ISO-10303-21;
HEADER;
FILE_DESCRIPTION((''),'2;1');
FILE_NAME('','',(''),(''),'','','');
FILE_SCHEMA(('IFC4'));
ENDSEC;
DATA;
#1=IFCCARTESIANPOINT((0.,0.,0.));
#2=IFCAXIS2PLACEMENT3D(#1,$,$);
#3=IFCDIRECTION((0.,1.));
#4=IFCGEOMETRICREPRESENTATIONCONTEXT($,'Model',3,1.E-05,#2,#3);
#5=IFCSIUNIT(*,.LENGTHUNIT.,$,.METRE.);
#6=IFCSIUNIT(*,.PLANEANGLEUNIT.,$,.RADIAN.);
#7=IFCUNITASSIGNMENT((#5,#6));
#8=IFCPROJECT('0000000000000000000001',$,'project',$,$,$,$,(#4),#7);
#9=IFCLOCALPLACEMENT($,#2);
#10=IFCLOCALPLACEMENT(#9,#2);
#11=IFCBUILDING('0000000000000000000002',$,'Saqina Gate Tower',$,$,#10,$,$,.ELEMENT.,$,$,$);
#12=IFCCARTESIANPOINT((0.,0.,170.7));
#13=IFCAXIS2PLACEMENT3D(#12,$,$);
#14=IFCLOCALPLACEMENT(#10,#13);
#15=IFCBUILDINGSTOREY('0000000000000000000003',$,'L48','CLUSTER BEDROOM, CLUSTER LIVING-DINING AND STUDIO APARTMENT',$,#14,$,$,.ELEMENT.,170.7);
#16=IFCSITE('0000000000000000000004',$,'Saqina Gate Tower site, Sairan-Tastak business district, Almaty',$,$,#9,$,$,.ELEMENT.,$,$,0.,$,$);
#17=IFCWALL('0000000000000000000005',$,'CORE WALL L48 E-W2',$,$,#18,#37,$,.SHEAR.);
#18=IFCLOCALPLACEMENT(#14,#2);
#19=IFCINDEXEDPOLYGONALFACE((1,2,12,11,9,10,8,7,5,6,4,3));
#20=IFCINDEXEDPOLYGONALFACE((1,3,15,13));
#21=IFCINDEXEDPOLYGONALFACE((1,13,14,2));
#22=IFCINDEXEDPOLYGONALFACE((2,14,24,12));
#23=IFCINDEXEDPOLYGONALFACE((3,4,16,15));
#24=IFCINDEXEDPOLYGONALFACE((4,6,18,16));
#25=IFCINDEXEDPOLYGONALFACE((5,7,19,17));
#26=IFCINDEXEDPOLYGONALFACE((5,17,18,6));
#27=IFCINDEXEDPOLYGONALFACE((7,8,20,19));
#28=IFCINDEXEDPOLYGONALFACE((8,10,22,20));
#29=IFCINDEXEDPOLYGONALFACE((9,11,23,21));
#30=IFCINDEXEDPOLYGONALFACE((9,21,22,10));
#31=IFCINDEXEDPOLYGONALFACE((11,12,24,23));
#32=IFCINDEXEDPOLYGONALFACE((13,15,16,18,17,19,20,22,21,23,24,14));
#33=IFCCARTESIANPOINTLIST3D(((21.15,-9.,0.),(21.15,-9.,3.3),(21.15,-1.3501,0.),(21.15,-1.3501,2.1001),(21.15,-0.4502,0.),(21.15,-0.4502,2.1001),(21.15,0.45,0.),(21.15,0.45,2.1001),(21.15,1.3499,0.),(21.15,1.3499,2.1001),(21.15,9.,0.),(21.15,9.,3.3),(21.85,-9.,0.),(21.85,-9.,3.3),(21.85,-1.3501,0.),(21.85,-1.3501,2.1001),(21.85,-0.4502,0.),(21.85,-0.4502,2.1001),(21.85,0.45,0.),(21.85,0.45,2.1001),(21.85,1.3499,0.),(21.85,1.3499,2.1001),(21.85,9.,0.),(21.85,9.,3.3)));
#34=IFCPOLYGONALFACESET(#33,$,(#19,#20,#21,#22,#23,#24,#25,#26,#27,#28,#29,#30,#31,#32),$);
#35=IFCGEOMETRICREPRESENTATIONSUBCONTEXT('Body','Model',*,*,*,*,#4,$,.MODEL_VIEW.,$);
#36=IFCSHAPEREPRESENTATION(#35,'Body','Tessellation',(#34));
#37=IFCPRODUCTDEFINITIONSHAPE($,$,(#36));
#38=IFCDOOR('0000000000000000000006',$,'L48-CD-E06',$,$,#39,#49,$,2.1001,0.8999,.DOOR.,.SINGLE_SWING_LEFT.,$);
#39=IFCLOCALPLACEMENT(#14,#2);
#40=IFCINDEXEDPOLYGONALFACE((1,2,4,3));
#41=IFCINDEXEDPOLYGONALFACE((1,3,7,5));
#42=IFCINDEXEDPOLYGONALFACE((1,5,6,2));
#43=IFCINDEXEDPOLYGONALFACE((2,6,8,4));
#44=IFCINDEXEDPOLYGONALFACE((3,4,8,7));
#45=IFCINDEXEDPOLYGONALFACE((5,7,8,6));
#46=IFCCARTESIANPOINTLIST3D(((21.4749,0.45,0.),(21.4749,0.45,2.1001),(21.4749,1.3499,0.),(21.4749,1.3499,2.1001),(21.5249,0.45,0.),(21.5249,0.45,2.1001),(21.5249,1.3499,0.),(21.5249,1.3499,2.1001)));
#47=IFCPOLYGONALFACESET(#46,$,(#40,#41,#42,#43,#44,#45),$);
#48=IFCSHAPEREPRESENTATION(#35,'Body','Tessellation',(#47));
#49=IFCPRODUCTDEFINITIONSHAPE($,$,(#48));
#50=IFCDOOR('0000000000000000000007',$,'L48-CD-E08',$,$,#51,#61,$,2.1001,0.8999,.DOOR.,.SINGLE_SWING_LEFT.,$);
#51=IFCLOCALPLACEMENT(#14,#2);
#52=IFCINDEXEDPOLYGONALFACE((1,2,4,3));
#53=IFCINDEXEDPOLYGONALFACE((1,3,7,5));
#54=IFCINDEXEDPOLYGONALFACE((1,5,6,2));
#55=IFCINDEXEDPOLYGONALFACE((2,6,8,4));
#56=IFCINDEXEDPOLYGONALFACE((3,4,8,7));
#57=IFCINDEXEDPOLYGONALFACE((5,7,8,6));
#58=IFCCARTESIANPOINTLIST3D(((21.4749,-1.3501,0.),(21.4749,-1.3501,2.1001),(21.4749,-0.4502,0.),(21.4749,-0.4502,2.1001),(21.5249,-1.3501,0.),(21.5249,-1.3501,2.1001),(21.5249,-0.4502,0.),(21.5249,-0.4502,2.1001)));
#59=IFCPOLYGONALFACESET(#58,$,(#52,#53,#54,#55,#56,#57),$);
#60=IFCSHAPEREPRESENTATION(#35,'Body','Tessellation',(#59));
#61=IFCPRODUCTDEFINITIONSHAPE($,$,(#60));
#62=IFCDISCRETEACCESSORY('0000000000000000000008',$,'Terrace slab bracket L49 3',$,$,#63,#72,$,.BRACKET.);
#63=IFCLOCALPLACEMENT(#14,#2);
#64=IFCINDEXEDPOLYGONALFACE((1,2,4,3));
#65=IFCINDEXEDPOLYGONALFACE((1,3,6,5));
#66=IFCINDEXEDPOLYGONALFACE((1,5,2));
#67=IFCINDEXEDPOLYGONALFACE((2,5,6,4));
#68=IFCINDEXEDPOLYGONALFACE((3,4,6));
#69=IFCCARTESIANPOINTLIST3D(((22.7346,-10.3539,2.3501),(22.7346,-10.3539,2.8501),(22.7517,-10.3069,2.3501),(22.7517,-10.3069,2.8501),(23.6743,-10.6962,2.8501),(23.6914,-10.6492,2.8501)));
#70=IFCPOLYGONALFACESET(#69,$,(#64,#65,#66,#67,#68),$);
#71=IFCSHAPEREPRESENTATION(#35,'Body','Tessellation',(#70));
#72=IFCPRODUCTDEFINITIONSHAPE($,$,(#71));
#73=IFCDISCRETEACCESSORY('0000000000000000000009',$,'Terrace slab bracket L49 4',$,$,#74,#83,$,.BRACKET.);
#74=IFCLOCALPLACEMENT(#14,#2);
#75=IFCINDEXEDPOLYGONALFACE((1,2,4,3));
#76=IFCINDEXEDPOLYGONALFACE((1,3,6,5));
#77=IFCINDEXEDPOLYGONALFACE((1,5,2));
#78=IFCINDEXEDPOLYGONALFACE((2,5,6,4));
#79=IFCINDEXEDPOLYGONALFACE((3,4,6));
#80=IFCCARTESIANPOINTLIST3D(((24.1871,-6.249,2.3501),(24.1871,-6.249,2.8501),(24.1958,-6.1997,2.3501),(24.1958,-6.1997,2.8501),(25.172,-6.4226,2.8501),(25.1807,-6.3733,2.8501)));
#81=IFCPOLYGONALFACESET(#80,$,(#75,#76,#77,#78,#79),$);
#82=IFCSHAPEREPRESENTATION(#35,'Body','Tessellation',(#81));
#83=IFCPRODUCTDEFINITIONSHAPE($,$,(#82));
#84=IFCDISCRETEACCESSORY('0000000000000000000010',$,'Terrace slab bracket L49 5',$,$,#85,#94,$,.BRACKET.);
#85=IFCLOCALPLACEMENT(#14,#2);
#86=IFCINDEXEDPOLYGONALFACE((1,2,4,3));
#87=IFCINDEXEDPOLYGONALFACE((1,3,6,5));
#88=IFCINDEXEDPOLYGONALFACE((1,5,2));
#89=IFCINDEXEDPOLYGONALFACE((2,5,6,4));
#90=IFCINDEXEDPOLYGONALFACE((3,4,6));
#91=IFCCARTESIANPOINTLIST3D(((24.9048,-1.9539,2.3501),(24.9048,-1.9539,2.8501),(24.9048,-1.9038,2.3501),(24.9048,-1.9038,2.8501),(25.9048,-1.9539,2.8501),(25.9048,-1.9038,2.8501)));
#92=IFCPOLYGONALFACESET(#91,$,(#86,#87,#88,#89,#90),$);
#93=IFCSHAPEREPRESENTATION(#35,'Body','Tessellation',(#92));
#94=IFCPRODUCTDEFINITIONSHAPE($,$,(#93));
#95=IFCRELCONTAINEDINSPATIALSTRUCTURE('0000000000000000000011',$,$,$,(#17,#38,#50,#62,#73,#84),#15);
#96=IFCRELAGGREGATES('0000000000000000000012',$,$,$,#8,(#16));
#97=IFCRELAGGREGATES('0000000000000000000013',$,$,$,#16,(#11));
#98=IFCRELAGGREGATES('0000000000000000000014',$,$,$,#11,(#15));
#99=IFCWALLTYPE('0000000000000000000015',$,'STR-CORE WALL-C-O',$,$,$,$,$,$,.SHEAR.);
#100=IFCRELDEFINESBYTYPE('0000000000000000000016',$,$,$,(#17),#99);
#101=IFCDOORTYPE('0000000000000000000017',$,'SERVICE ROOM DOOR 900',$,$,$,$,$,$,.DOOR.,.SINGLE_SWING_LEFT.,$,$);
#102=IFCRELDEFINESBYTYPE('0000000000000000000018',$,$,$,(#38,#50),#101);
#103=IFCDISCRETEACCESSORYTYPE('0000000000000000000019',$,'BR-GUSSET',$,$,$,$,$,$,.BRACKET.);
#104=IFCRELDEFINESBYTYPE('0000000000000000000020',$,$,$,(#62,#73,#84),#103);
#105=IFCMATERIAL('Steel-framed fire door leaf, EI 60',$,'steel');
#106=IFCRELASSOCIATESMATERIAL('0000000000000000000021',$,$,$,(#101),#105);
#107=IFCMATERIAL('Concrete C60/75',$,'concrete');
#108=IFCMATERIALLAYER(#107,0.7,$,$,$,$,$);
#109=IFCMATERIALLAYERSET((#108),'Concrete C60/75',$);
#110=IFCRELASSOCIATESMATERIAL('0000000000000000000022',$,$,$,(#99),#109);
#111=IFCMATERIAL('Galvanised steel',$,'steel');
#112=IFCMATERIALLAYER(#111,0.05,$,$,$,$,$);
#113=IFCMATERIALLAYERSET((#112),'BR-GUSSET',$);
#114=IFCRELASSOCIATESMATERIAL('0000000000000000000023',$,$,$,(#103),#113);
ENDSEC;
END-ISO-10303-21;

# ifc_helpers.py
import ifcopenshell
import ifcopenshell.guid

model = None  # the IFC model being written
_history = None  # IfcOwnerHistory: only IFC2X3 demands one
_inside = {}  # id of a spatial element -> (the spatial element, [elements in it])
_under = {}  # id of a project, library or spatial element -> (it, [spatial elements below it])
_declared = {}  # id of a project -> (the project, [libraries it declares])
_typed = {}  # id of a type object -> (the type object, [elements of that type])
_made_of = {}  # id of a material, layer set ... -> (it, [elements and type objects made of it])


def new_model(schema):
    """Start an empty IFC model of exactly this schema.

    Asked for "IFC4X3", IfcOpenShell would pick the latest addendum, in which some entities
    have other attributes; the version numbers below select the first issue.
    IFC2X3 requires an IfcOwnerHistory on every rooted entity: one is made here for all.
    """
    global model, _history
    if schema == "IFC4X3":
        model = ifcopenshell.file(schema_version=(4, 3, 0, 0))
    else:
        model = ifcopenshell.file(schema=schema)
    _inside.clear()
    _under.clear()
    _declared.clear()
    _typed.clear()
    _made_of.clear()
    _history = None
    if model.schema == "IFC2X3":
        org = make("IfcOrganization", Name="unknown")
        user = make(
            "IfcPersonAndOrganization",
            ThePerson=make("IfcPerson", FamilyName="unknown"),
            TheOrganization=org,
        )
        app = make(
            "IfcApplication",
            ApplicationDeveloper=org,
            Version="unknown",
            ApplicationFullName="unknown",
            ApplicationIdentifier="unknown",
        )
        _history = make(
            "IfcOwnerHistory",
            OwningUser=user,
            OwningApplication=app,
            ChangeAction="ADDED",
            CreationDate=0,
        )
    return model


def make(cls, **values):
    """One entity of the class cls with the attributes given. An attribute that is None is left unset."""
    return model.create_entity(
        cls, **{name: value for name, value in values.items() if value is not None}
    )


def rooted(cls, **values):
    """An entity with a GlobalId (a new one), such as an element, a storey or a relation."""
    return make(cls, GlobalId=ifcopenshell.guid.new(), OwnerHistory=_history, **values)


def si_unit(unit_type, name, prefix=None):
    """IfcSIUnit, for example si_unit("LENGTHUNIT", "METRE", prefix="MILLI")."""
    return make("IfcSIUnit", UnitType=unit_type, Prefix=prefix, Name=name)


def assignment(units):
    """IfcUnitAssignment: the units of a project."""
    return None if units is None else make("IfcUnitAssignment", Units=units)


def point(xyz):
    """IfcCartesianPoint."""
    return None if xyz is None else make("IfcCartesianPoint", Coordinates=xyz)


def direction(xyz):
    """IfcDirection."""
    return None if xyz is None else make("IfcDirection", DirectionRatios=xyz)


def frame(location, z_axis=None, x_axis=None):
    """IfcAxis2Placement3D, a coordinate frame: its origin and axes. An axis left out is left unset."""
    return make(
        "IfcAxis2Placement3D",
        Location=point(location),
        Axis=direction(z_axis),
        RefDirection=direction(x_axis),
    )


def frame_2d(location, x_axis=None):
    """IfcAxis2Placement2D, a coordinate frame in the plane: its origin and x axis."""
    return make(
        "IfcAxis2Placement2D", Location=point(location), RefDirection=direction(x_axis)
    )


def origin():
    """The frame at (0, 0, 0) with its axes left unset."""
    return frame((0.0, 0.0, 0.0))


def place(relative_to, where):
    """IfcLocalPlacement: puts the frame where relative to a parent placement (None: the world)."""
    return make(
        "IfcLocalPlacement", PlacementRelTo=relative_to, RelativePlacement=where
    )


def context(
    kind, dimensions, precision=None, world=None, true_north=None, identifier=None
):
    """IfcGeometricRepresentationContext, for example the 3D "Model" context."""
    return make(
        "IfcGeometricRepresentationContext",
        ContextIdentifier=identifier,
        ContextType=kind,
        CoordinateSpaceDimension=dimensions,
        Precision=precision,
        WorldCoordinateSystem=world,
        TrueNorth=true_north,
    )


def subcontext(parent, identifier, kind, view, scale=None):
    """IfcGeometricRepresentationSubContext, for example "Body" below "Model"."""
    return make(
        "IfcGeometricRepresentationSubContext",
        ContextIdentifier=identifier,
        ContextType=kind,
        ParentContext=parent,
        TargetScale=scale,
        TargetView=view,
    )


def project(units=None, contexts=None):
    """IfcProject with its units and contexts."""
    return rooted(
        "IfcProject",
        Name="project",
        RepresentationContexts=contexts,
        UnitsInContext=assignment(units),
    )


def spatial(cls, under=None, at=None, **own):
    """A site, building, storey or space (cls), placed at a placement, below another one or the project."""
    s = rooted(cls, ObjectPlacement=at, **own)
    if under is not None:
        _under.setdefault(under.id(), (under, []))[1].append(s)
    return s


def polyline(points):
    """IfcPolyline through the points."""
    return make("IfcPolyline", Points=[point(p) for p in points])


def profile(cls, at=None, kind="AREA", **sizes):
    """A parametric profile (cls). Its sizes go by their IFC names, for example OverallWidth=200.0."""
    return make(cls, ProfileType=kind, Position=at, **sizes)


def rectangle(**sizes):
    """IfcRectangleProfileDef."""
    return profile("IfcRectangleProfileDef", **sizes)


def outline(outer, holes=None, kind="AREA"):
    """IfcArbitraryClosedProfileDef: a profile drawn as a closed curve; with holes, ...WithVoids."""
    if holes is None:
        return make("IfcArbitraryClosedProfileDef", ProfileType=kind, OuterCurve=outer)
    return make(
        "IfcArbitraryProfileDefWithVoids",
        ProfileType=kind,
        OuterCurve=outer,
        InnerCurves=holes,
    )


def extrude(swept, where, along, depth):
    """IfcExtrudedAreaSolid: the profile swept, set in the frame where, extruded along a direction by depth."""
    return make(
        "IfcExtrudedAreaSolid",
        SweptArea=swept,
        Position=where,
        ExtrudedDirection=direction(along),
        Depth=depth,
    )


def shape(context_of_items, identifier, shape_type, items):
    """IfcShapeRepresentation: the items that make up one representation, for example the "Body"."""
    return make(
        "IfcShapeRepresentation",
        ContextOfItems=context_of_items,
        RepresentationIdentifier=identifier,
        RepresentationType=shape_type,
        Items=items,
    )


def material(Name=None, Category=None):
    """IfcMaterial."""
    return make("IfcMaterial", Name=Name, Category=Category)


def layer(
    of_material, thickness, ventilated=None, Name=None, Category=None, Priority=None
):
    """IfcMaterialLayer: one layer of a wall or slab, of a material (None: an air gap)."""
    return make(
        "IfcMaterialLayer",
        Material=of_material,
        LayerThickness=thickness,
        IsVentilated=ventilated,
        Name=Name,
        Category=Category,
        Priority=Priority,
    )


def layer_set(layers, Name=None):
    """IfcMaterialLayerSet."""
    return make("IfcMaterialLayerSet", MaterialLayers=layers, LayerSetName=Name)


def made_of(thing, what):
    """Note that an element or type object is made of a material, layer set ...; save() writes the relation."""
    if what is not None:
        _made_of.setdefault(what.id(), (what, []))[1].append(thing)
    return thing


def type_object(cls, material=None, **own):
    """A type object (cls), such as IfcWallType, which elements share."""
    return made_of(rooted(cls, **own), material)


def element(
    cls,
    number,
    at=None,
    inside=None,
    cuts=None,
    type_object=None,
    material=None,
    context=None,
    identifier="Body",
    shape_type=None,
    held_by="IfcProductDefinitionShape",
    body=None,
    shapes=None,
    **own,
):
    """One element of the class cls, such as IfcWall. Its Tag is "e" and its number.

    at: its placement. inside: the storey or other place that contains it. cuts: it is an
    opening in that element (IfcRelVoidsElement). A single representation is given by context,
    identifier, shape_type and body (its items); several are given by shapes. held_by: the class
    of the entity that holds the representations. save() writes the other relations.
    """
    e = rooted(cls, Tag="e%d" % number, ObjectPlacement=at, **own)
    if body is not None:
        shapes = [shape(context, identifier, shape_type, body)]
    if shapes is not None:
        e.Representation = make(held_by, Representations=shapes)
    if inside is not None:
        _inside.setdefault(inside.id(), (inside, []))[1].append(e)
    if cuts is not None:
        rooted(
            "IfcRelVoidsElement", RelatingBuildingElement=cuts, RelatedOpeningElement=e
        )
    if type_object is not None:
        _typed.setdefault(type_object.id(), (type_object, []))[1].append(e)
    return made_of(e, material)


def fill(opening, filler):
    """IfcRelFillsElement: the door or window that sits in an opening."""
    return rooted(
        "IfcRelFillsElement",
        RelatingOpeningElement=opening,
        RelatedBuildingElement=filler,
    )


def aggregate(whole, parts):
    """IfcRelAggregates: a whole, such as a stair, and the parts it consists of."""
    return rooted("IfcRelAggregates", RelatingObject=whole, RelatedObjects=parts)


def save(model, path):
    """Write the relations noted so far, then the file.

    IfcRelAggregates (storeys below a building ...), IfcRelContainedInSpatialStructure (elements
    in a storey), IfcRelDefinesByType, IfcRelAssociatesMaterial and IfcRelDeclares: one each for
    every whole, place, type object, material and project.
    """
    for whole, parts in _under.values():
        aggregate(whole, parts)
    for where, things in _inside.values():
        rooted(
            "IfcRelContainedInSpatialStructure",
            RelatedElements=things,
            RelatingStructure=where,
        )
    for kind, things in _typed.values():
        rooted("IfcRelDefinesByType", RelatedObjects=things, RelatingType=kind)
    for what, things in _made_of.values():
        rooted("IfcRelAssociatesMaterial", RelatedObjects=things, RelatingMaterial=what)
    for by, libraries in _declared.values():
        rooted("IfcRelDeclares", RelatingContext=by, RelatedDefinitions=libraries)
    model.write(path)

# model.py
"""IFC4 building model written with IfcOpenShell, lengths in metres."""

from ifc_helpers import new_model, si_unit, direction, frame, frame_2d, origin, place, context, subcontext, project, spatial, polyline, rectangle, outline, extrude, material, layer, layer_set, type_object, element, fill, save


model = new_model("IFC4")

# Units and contexts
model_context = context("Model", 3, precision=1e-05, world=origin(), true_north=direction((0.0, 1.0)))
body_context = subcontext(model_context, "Body", "Model", "MODEL_VIEW")
ifc_project = project(units=[si_unit("LENGTHUNIT", "METRE"), si_unit("PLANEANGLEUNIT", "RADIAN")], contexts=[model_context])

# Site, building, storey
site_placement = place(None, origin())
site = spatial("IfcSite", under=ifc_project, at=site_placement, Name="Saqina Gate Tower site, Sairan-Tastak business district, Almaty", CompositionType="ELEMENT", RefElevation=0.0)
building_placement = place(site_placement, origin())
building = spatial("IfcBuilding", under=site, at=building_placement, Name="Saqina Gate Tower", CompositionType="ELEMENT")
storey_placement = place(building_placement, frame((0.0, 0.0, 170.7)))
storey = spatial("IfcBuildingStorey", under=building, at=storey_placement, Name="L48", Description="CLUSTER BEDROOM, CLUSTER LIVING-DINING AND STUDIO APARTMENT", CompositionType="ELEMENT", Elevation=170.7)

# Shared definitions
ifc_material_1 = material(Name="Steel-framed fire door leaf, EI 60", Category="steel")
door_type = type_object("IfcDoorType", Name="SERVICE ROOM DOOR 900", OperationType="SINGLE_SWING_LEFT", PredefinedType="DOOR", material=ifc_material_1)

# Wall, openings, doors
ifc_material_2 = material(Name="Concrete C60/75", Category="concrete")
ifc_layer_1 = layer(ifc_material_2, 0.7)
ifc_layer_set_1 = layer_set([ifc_layer_1], Name="Concrete C60/75")
wall_type_1 = type_object("IfcWallType", Name="STR-CORE WALL-C-O", PredefinedType="SHEAR", material=ifc_layer_set_1)
wall_1_placement = place(storey_placement, frame((21.5, -9.0, 0.0), z_axis=(0.0, 0.0, 1.0), x_axis=(0.0, 1.0, 0.0)))
wall_1 = element("IfcWall", 1, at=wall_1_placement, inside=storey, type_object=wall_type_1, Name="CORE WALL L48 E-W2", PredefinedType="SHEAR", context=body_context, shape_type="SweptSolid", body=[
    extrude(rectangle(XDim=18.0, YDim=0.7, at=frame_2d((9.0, 0.0))), origin(), (0.0, 0.0, 1.0), 3.3),
])
opening_1_placement = place(wall_1_placement, frame((9.45, 0.0, 0.0)))
opening_1 = element("IfcOpeningElement", 2, at=opening_1_placement, cuts=wall_1, PredefinedType="OPENING", context=body_context, shape_type="SweptSolid", body=[
    extrude(rectangle(XDim=0.8999, YDim=2.1001, at=frame_2d((0.45, 1.05))), frame((0.0, 0.3621, 0.0), z_axis=(0.0, -1.0, 0.0), x_axis=(1.0, 0.0, 0.0)), (0.0, 0.0, 1.0), 0.7239),
])
opening_2_placement = place(wall_1_placement, frame((7.6499, 0.0, 0.0)))
opening_2 = element("IfcOpeningElement", 3, at=opening_2_placement, cuts=wall_1, PredefinedType="OPENING", context=body_context, shape_type="SweptSolid", body=[
    extrude(rectangle(XDim=0.8999, YDim=2.1001, at=frame_2d((0.45, 1.05))), frame((0.0, 0.3621, 0.0), z_axis=(0.0, -1.0, 0.0), x_axis=(1.0, 0.0, 0.0)), (0.0, 0.0, 1.0), 0.7239),
])
door_1_placement = place(opening_1_placement, frame((0.8999, 0.0, 0.0), z_axis=(0.0, 0.0, 1.0), x_axis=(-1.0, 0.0, 0.0)))
door_1 = element("IfcDoor", 4, at=door_1_placement, inside=storey, type_object=door_type, Name="L48-CD-E06", OperationType="SINGLE_SWING_LEFT", OverallHeight=2.1001, OverallWidth=0.8999, PredefinedType="DOOR", context=body_context, shape_type="SweptSolid", body=[
    extrude(rectangle(XDim=0.8999, YDim=2.1001, at=frame_2d((0.45, 1.05))), frame((0.0, 0.0249, 0.0), z_axis=(0.0, -1.0, 0.0), x_axis=(1.0, 0.0, 0.0)), (0.0, 0.0, 1.0), 0.05),
])
fill(opening_1, door_1)
door_2_placement = place(opening_2_placement, frame((0.8999, 0.0, 0.0), z_axis=(0.0, 0.0, 1.0), x_axis=(-1.0, 0.0, 0.0)))
door_2 = element("IfcDoor", 5, at=door_2_placement, inside=storey, type_object=door_type, Name="L48-CD-E08", OperationType="SINGLE_SWING_LEFT", OverallHeight=2.1001, OverallWidth=0.8999, PredefinedType="DOOR", context=body_context, shape_type="SweptSolid", body=[
    extrude(rectangle(XDim=0.8999, YDim=2.1001, at=frame_2d((0.45, 1.05))), frame((0.0, 0.0249, 0.0), z_axis=(0.0, -1.0, 0.0), x_axis=(1.0, 0.0, 0.0)), (0.0, 0.0, 1.0), 0.05),
])
fill(opening_2, door_2)

# Discrete accessories
ifc_material_3 = material(Name="Galvanised steel", Category="steel")
ifc_layer_2 = layer(ifc_material_3, 0.05)
ifc_layer_set_2 = layer_set([ifc_layer_2], Name="BR-GUSSET")
discrete_accessory_type = type_object("IfcDiscreteAccessoryType", Name="BR-GUSSET", PredefinedType="BRACKET", material=ifc_layer_set_2)
discrete_accessory_1_placement = place(storey_placement, frame((22.7517, -10.3069, 2.3501), z_axis=(0.342253, 0.939608, 0.0), x_axis=(0.0, 0.0, 1.0)))
element("IfcDiscreteAccessory", 6, at=discrete_accessory_1_placement, inside=storey, type_object=discrete_accessory_type, Name="Terrace slab bracket L49 3", PredefinedType="BRACKET", context=body_context, shape_type="SweptSolid", body=[
    extrude(outline(polyline([(0.0, 0.0), (0.5, 0.0), (0.5, 1.0001), (0.0, 0.0)])), origin(), (0.0, 0.0, -1.0), 0.05),
])
discrete_accessory_2_placement = place(storey_placement, frame((24.1958, -6.1997, 2.3501), z_axis=(0.173576, 0.98482, 0.0), x_axis=(0.0, 0.0, 1.0)))
element("IfcDiscreteAccessory", 7, at=discrete_accessory_2_placement, inside=storey, type_object=discrete_accessory_type, Name="Terrace slab bracket L49 4", PredefinedType="BRACKET", context=body_context, shape_type="SweptSolid", body=[
    extrude(outline(polyline([(0.0, 0.0), (0.5, 0.0), (0.5, 1.0), (0.0, 0.0)])), origin(), (0.0, 0.0, -1.0), 0.05),
])
discrete_accessory_3_placement = place(storey_placement, frame((24.9048, -1.9038, 2.3501), z_axis=(0.0, 1.0, 0.0), x_axis=(0.0, 0.0, 1.0)))
element("IfcDiscreteAccessory", 8, at=discrete_accessory_3_placement, inside=storey, type_object=discrete_accessory_type, Name="Terrace slab bracket L49 5", PredefinedType="BRACKET", context=body_context, shape_type="SweptSolid", body=[
    extrude(outline(polyline([(0.0, 0.0), (0.5, 0.0), (0.5, 1.0), (0.0, 0.0)])), origin(), (0.0, 0.0, -1.0), 0.05),
])

save(model, "model.ifc")
